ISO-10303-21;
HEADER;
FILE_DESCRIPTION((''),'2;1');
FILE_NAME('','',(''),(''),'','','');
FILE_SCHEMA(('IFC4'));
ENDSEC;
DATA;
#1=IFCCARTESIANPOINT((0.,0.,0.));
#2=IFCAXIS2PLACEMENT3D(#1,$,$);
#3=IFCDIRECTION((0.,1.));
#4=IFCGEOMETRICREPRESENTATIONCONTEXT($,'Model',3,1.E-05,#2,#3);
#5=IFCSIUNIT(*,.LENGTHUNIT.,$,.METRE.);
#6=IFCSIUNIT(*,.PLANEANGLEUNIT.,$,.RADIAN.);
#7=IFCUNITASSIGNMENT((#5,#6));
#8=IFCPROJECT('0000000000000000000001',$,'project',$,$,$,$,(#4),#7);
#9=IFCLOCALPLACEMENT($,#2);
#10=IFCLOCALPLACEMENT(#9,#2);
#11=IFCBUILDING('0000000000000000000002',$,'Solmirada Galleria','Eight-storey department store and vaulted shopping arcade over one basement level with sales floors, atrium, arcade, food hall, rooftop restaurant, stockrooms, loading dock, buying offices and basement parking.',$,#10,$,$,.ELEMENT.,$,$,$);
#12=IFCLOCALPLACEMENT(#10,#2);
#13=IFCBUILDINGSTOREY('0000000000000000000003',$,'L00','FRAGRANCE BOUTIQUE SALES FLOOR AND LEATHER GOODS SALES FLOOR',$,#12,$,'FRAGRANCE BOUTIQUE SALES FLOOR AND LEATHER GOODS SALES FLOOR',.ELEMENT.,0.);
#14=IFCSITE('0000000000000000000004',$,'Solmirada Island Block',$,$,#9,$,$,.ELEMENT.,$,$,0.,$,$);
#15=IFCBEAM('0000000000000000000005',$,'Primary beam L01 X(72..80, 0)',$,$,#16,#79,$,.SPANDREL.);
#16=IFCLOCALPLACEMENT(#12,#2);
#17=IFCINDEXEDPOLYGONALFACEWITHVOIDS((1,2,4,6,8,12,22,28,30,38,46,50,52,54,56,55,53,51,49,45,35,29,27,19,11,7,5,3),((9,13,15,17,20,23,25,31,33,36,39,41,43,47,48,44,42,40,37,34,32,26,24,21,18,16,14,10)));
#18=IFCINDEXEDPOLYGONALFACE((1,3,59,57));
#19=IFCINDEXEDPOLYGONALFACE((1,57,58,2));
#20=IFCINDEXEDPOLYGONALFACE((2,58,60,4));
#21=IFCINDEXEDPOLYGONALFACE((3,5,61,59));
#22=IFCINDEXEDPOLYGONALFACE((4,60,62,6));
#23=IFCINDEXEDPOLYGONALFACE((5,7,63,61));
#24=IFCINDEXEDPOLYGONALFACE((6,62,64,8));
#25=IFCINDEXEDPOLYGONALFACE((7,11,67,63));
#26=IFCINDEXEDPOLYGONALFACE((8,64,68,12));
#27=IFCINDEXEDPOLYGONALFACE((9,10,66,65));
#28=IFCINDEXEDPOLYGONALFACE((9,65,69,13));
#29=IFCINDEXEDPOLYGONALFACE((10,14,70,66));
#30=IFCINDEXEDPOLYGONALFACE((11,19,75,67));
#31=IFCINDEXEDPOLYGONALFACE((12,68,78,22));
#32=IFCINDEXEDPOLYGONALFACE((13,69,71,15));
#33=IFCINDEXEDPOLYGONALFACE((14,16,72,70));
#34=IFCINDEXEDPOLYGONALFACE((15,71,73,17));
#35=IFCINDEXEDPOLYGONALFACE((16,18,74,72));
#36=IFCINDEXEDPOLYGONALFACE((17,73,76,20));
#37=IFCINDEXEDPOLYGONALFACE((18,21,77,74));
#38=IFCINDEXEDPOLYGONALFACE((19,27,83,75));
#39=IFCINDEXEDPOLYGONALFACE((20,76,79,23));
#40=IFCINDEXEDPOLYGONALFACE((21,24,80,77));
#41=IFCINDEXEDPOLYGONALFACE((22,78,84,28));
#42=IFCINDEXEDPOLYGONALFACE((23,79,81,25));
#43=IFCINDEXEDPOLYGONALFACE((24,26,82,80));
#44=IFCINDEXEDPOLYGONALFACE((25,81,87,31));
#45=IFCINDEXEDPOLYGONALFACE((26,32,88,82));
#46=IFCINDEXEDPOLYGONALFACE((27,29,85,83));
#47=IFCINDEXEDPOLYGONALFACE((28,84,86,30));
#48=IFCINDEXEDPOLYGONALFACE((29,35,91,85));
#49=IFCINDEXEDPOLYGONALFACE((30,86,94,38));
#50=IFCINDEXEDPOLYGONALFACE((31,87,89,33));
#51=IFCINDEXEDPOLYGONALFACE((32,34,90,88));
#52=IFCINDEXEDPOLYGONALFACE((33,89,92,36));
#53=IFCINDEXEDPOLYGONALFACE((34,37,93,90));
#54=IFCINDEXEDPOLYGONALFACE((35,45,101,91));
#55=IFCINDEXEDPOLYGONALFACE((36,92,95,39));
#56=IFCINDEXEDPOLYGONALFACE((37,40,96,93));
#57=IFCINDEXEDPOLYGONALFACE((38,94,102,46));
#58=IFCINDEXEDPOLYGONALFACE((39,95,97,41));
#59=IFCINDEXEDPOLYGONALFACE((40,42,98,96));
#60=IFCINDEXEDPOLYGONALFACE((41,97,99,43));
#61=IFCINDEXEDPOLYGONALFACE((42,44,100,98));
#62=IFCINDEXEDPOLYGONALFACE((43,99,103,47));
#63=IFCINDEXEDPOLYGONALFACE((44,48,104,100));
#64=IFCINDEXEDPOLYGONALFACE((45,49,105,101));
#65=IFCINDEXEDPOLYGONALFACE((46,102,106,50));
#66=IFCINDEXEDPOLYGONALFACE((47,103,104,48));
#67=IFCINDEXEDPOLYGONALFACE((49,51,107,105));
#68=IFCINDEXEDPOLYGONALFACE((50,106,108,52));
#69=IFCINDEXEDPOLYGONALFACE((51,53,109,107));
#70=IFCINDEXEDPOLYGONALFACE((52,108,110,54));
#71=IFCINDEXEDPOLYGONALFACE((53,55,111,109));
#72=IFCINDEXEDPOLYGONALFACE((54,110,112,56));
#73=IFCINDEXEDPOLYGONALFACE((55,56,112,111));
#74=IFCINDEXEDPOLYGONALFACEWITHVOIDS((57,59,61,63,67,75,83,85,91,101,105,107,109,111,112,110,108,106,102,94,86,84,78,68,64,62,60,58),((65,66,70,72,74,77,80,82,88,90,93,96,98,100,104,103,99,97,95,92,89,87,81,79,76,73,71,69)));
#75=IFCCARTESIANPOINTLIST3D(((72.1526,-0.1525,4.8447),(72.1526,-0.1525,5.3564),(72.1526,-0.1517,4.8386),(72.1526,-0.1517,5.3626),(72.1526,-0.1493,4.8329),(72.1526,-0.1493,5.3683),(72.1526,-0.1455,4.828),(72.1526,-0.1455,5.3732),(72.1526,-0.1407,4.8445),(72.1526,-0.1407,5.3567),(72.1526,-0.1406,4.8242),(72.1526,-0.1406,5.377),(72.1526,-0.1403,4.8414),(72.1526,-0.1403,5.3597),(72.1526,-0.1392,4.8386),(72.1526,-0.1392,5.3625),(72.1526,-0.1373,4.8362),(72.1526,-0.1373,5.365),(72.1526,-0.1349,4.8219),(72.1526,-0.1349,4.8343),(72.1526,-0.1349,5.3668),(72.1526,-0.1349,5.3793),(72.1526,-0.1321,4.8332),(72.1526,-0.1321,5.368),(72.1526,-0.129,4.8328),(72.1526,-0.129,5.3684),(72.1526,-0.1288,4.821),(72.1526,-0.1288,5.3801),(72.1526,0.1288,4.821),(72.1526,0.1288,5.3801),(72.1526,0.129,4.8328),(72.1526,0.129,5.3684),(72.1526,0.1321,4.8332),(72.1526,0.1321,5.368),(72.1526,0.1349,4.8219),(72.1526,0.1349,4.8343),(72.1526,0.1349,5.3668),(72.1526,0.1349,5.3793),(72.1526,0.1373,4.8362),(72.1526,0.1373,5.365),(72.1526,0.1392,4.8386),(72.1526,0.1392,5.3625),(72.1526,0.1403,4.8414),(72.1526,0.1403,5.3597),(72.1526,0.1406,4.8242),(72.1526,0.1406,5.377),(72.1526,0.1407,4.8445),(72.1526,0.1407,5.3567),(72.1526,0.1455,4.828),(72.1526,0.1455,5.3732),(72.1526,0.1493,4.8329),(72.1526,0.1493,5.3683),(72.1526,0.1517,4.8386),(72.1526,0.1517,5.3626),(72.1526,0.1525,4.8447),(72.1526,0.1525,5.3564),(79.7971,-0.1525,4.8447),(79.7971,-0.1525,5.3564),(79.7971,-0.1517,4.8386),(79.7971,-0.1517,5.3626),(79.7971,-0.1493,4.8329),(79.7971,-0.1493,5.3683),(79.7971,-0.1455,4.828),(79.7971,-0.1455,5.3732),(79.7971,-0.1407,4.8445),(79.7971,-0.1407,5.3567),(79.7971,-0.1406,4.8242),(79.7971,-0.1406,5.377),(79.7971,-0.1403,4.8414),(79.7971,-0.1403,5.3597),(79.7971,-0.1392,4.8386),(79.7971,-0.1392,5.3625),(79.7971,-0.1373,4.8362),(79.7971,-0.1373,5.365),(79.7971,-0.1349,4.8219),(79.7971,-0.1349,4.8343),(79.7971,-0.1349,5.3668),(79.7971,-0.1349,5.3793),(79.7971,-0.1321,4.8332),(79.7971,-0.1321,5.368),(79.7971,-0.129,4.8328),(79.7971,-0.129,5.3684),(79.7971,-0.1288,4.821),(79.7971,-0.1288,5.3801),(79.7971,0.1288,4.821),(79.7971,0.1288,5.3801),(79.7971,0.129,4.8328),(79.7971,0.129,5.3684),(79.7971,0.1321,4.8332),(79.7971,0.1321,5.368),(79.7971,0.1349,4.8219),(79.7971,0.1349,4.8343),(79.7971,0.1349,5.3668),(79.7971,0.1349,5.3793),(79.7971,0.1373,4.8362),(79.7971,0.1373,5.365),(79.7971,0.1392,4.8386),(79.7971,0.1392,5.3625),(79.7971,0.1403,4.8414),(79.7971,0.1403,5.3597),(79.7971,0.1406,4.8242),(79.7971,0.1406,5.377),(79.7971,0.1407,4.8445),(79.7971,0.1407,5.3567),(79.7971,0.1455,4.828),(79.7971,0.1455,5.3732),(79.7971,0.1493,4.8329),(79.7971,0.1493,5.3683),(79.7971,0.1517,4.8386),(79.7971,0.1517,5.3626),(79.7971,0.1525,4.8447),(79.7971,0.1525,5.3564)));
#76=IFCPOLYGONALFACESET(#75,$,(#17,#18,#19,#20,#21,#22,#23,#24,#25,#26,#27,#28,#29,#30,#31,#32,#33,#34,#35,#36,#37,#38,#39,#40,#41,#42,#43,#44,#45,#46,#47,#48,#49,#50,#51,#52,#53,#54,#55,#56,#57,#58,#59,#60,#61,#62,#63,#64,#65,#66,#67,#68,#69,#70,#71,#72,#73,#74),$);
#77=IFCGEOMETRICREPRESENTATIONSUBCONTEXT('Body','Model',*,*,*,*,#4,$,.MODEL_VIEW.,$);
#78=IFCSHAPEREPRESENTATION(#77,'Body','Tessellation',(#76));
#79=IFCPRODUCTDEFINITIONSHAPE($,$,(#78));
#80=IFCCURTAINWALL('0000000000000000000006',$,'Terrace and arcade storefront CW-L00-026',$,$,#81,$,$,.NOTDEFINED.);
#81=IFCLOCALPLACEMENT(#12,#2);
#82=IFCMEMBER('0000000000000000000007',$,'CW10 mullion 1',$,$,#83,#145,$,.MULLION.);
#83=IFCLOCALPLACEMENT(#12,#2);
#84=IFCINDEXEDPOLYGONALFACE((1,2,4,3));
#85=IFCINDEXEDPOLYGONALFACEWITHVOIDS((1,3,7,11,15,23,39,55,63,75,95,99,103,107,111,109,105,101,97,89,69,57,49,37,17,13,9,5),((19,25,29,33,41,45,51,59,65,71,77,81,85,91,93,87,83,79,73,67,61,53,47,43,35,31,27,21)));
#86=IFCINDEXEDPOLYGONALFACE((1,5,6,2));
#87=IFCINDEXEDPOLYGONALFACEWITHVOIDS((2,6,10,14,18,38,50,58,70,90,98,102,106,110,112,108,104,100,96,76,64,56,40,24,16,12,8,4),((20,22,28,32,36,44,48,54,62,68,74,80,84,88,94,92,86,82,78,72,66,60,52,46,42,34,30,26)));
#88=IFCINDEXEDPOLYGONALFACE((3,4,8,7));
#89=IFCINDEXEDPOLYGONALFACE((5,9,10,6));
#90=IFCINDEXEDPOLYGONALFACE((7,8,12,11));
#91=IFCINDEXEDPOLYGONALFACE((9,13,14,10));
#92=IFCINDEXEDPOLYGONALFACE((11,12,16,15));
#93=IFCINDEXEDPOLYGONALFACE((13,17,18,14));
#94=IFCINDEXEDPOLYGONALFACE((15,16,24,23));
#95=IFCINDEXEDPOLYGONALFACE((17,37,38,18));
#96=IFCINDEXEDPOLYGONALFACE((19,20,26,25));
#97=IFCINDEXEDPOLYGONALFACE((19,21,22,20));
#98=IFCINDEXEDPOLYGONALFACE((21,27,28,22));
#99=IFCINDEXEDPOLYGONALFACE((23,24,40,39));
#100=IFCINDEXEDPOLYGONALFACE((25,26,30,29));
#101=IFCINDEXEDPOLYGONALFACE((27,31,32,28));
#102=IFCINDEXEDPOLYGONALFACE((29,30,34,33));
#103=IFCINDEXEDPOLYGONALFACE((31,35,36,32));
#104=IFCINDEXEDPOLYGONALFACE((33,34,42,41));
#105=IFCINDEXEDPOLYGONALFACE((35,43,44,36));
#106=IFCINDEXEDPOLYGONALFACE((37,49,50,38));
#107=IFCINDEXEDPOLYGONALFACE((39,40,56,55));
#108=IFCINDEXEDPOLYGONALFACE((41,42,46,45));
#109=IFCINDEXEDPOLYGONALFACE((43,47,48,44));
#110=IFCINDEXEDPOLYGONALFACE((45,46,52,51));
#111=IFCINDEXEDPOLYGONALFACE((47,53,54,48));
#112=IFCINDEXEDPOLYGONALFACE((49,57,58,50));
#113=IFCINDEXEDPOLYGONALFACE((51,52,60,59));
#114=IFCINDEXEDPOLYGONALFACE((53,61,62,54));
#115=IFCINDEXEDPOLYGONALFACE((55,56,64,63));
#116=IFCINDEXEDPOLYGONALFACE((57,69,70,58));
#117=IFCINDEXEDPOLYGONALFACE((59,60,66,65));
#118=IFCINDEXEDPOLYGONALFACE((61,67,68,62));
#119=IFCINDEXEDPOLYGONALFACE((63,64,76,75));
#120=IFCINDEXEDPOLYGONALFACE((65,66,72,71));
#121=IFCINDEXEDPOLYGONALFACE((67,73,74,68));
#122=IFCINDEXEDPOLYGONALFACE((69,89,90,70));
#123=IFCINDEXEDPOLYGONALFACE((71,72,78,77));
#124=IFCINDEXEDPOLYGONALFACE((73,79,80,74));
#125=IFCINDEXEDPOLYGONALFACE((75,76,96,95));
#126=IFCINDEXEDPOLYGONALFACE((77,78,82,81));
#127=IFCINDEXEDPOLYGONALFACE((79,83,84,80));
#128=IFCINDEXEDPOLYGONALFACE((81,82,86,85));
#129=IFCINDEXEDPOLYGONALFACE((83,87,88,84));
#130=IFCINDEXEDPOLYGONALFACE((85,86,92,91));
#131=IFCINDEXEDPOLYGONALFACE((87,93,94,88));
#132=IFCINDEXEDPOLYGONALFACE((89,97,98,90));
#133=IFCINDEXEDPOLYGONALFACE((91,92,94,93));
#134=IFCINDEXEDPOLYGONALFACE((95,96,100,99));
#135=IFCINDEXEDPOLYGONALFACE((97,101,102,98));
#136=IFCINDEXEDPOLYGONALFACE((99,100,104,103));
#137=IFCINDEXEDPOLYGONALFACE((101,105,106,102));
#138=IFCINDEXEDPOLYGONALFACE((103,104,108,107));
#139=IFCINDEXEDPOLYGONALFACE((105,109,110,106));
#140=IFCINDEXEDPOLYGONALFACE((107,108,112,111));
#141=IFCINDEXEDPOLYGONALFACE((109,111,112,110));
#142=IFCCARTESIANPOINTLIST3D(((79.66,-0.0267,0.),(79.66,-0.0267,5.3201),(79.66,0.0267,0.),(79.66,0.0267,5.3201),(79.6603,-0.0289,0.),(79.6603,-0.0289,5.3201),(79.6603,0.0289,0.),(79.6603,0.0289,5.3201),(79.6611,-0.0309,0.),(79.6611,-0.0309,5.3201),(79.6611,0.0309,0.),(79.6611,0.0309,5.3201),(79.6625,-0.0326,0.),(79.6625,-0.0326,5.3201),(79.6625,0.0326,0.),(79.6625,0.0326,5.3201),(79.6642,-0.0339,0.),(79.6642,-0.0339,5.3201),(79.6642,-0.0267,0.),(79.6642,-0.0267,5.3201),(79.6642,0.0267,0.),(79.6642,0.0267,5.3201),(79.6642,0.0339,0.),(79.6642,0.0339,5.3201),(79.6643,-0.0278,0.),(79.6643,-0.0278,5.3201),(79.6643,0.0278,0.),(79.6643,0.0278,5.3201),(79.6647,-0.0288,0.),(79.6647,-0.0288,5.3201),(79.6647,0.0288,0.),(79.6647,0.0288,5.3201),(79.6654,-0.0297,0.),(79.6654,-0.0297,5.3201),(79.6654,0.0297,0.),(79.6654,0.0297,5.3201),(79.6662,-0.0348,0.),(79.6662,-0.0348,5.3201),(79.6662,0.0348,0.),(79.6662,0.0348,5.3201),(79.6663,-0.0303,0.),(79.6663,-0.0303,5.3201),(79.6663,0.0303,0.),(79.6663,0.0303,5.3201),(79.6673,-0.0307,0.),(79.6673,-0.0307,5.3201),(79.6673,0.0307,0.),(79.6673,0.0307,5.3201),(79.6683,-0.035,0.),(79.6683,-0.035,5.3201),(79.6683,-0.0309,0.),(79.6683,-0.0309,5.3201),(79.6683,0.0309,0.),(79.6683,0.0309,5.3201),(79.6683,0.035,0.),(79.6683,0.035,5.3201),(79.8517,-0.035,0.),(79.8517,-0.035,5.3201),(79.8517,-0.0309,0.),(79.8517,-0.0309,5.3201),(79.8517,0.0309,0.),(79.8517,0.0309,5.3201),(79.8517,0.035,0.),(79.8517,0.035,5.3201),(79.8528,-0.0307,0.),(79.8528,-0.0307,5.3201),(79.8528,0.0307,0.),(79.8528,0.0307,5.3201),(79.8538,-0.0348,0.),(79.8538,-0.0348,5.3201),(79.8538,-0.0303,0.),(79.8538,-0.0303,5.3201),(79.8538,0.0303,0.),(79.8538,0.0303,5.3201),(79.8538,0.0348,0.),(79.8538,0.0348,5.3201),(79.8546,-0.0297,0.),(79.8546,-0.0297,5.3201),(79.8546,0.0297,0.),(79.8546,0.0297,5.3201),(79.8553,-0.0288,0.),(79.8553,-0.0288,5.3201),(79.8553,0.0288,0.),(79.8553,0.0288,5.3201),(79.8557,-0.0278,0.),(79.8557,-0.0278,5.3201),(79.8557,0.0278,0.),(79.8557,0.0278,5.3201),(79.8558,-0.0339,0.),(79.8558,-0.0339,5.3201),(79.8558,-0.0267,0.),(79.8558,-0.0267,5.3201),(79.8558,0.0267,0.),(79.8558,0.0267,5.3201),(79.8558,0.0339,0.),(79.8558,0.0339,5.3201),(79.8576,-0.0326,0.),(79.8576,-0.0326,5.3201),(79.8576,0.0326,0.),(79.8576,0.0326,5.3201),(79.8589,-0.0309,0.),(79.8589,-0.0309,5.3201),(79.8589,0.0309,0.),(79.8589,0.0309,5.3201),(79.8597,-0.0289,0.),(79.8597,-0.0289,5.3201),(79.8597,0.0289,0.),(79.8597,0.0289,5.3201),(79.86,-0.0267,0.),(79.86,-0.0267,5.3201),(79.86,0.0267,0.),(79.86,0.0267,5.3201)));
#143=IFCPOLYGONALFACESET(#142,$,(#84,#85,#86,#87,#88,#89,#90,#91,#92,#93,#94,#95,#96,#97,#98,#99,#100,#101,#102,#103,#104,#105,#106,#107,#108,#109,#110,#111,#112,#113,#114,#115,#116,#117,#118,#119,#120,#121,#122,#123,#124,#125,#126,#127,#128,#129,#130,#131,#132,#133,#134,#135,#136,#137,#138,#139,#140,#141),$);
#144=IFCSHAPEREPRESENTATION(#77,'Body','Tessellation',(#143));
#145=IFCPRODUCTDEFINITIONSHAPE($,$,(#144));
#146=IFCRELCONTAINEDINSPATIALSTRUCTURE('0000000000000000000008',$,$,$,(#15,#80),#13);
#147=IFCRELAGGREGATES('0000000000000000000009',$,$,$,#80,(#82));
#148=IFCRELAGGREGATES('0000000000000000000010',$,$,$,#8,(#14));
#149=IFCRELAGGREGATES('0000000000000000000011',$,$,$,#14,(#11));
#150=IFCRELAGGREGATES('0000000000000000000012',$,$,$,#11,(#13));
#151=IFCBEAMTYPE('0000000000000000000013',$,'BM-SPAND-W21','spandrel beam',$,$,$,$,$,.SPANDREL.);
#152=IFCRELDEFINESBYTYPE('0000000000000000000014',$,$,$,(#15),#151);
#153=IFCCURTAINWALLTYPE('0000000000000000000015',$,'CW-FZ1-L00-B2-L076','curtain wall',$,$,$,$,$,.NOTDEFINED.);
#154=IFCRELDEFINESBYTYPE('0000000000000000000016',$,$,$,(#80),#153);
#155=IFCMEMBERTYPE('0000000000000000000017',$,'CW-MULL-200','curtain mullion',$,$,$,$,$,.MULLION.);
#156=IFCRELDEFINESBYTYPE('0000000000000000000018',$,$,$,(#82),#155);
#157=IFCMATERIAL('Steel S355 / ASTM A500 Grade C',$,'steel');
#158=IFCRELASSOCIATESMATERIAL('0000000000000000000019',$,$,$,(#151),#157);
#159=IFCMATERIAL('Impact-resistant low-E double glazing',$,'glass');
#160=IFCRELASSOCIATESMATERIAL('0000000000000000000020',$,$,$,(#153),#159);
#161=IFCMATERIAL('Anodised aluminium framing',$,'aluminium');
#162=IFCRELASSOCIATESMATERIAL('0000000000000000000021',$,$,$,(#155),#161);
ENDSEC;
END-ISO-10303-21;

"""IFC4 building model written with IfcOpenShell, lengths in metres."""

from ifc_helpers import new_model, si_unit, direction, frame, origin, origin_2d, place, context, subcontext, project, spatial, hollow_rectangle, extrude, material, material_profile, profile_set, type_object, element, aggregate, save


model = new_model("IFC4")

# Units and contexts
model_context = context("Model", 3, precision=1e-05, world=origin(), true_north=direction((0.0, 1.0)))
body_context = subcontext(model_context, "Body", "Model", "MODEL_VIEW")
ifc_project = project(units=[si_unit("LENGTHUNIT", "METRE"), si_unit("PLANEANGLEUNIT", "RADIAN")], contexts=[model_context])

# Site, building, storey
site_placement = place(None, origin())
site = spatial("IfcSite", under=ifc_project, at=site_placement, Name="Solmirada Island Block", CompositionType="ELEMENT", RefElevation=0.0)
building_placement = place(site_placement, origin())
building = spatial("IfcBuilding", under=site, at=building_placement, Name="Solmirada Galleria", Description="Eight-storey department store and vaulted shopping arcade over one basement level with sales floors, atrium, arcade, food hall, rooftop restaurant, stockrooms, loading dock, buying offices and basement parking.", CompositionType="ELEMENT")
storey_placement = place(building_placement, origin())
storey = spatial("IfcBuildingStorey", under=building, at=storey_placement, Name="L00", Description="FRAGRANCE BOUTIQUE SALES FLOOR AND LEATHER GOODS SALES FLOOR", LongName="FRAGRANCE BOUTIQUE SALES FLOOR AND LEATHER GOODS SALES FLOOR", CompositionType="ELEMENT", Elevation=0.0)

# Shared definitions
ifc_material_1 = material(Name="Steel S355 / ASTM A500 Grade C", Category="steel")

# Beam
ifc_material_profile_1 = material_profile(ifc_material_1, hollow_rectangle(XDim=0.3049, YDim=0.5591, WallThickness=0.0117, InnerFilletRadius=0.0117, OuterFilletRadius=0.0237, at=origin_2d()), Name="HSS22X12X1/2")
ifc_profile_set_1 = profile_set([ifc_material_profile_1], Name="Steel S355 / ASTM A500 Grade C")
beam_type_1 = type_object("IfcBeamType", Name="BM-SPAND-W21", Description="spandrel beam", PredefinedType="SPANDREL", material=ifc_profile_set_1)
beam_1_placement = place(storey_placement, frame((72.1526, 0.0, 5.1006), z_axis=(1.0, 0.0, 0.0), x_axis=(0.0, 1.0, 0.0)))
element("IfcBeam", 1, at=beam_1_placement, inside=storey, type_object=beam_type_1, Name="Primary beam L01 X(72..80, 0)", PredefinedType="SPANDREL", context=body_context, shape_type="SweptSolid", body=[
    extrude(hollow_rectangle(XDim=0.3049, YDim=0.5591, WallThickness=0.0117, InnerFilletRadius=0.0117, OuterFilletRadius=0.0237, at=origin_2d()), origin(), (0.0, 0.0, 1.0), 7.6445),
])

# Curtain wall, member
ifc_material_2 = material(Name="Impact-resistant low-E double glazing", Category="glass")
curtain_wall_type_1 = type_object("IfcCurtainWallType", Name="CW-FZ1-L00-B2-L076", Description="curtain wall", PredefinedType="NOTDEFINED", material=ifc_material_2)
curtain_wall_1_placement = place(storey_placement, origin())
curtain_wall_1 = element("IfcCurtainWall", 2, at=curtain_wall_1_placement, inside=storey, type_object=curtain_wall_type_1, Name="Terrace and arcade storefront CW-L00-026", PredefinedType="NOTDEFINED")
ifc_material_3 = material(Name="Anodised aluminium framing", Category="aluminium")
ifc_material_profile_2 = material_profile(ifc_material_3, hollow_rectangle(XDim=0.0701, YDim=0.2, WallThickness=0.0042, InnerFilletRadius=0.0042, OuterFilletRadius=0.0083, at=origin_2d()), Name="ALU-MULL-200X70")
ifc_profile_set_2 = profile_set([ifc_material_profile_2], Name="Anodised aluminium framing")
member_type_1 = type_object("IfcMemberType", Name="CW-MULL-200", Description="curtain mullion", PredefinedType="MULLION", material=ifc_profile_set_2)
member_1_placement = place(storey_placement, frame((79.76, 0.0, 0.0), z_axis=(0.0, 0.0, 1.0), x_axis=(0.0, -1.0, 0.0)))
member_1 = element("IfcMember", 3, at=member_1_placement, type_object=member_type_1, Name="CW10 mullion 1", PredefinedType="MULLION", context=body_context, shape_type="SweptSolid", body=[
    extrude(hollow_rectangle(XDim=0.0701, YDim=0.2, WallThickness=0.0042, InnerFilletRadius=0.0042, OuterFilletRadius=0.0083, at=origin_2d()), origin(), (0.0, 0.0, 1.0), 5.3201),
])

aggregate(curtain_wall_1, [member_1])

save(model, "model.ifc")
